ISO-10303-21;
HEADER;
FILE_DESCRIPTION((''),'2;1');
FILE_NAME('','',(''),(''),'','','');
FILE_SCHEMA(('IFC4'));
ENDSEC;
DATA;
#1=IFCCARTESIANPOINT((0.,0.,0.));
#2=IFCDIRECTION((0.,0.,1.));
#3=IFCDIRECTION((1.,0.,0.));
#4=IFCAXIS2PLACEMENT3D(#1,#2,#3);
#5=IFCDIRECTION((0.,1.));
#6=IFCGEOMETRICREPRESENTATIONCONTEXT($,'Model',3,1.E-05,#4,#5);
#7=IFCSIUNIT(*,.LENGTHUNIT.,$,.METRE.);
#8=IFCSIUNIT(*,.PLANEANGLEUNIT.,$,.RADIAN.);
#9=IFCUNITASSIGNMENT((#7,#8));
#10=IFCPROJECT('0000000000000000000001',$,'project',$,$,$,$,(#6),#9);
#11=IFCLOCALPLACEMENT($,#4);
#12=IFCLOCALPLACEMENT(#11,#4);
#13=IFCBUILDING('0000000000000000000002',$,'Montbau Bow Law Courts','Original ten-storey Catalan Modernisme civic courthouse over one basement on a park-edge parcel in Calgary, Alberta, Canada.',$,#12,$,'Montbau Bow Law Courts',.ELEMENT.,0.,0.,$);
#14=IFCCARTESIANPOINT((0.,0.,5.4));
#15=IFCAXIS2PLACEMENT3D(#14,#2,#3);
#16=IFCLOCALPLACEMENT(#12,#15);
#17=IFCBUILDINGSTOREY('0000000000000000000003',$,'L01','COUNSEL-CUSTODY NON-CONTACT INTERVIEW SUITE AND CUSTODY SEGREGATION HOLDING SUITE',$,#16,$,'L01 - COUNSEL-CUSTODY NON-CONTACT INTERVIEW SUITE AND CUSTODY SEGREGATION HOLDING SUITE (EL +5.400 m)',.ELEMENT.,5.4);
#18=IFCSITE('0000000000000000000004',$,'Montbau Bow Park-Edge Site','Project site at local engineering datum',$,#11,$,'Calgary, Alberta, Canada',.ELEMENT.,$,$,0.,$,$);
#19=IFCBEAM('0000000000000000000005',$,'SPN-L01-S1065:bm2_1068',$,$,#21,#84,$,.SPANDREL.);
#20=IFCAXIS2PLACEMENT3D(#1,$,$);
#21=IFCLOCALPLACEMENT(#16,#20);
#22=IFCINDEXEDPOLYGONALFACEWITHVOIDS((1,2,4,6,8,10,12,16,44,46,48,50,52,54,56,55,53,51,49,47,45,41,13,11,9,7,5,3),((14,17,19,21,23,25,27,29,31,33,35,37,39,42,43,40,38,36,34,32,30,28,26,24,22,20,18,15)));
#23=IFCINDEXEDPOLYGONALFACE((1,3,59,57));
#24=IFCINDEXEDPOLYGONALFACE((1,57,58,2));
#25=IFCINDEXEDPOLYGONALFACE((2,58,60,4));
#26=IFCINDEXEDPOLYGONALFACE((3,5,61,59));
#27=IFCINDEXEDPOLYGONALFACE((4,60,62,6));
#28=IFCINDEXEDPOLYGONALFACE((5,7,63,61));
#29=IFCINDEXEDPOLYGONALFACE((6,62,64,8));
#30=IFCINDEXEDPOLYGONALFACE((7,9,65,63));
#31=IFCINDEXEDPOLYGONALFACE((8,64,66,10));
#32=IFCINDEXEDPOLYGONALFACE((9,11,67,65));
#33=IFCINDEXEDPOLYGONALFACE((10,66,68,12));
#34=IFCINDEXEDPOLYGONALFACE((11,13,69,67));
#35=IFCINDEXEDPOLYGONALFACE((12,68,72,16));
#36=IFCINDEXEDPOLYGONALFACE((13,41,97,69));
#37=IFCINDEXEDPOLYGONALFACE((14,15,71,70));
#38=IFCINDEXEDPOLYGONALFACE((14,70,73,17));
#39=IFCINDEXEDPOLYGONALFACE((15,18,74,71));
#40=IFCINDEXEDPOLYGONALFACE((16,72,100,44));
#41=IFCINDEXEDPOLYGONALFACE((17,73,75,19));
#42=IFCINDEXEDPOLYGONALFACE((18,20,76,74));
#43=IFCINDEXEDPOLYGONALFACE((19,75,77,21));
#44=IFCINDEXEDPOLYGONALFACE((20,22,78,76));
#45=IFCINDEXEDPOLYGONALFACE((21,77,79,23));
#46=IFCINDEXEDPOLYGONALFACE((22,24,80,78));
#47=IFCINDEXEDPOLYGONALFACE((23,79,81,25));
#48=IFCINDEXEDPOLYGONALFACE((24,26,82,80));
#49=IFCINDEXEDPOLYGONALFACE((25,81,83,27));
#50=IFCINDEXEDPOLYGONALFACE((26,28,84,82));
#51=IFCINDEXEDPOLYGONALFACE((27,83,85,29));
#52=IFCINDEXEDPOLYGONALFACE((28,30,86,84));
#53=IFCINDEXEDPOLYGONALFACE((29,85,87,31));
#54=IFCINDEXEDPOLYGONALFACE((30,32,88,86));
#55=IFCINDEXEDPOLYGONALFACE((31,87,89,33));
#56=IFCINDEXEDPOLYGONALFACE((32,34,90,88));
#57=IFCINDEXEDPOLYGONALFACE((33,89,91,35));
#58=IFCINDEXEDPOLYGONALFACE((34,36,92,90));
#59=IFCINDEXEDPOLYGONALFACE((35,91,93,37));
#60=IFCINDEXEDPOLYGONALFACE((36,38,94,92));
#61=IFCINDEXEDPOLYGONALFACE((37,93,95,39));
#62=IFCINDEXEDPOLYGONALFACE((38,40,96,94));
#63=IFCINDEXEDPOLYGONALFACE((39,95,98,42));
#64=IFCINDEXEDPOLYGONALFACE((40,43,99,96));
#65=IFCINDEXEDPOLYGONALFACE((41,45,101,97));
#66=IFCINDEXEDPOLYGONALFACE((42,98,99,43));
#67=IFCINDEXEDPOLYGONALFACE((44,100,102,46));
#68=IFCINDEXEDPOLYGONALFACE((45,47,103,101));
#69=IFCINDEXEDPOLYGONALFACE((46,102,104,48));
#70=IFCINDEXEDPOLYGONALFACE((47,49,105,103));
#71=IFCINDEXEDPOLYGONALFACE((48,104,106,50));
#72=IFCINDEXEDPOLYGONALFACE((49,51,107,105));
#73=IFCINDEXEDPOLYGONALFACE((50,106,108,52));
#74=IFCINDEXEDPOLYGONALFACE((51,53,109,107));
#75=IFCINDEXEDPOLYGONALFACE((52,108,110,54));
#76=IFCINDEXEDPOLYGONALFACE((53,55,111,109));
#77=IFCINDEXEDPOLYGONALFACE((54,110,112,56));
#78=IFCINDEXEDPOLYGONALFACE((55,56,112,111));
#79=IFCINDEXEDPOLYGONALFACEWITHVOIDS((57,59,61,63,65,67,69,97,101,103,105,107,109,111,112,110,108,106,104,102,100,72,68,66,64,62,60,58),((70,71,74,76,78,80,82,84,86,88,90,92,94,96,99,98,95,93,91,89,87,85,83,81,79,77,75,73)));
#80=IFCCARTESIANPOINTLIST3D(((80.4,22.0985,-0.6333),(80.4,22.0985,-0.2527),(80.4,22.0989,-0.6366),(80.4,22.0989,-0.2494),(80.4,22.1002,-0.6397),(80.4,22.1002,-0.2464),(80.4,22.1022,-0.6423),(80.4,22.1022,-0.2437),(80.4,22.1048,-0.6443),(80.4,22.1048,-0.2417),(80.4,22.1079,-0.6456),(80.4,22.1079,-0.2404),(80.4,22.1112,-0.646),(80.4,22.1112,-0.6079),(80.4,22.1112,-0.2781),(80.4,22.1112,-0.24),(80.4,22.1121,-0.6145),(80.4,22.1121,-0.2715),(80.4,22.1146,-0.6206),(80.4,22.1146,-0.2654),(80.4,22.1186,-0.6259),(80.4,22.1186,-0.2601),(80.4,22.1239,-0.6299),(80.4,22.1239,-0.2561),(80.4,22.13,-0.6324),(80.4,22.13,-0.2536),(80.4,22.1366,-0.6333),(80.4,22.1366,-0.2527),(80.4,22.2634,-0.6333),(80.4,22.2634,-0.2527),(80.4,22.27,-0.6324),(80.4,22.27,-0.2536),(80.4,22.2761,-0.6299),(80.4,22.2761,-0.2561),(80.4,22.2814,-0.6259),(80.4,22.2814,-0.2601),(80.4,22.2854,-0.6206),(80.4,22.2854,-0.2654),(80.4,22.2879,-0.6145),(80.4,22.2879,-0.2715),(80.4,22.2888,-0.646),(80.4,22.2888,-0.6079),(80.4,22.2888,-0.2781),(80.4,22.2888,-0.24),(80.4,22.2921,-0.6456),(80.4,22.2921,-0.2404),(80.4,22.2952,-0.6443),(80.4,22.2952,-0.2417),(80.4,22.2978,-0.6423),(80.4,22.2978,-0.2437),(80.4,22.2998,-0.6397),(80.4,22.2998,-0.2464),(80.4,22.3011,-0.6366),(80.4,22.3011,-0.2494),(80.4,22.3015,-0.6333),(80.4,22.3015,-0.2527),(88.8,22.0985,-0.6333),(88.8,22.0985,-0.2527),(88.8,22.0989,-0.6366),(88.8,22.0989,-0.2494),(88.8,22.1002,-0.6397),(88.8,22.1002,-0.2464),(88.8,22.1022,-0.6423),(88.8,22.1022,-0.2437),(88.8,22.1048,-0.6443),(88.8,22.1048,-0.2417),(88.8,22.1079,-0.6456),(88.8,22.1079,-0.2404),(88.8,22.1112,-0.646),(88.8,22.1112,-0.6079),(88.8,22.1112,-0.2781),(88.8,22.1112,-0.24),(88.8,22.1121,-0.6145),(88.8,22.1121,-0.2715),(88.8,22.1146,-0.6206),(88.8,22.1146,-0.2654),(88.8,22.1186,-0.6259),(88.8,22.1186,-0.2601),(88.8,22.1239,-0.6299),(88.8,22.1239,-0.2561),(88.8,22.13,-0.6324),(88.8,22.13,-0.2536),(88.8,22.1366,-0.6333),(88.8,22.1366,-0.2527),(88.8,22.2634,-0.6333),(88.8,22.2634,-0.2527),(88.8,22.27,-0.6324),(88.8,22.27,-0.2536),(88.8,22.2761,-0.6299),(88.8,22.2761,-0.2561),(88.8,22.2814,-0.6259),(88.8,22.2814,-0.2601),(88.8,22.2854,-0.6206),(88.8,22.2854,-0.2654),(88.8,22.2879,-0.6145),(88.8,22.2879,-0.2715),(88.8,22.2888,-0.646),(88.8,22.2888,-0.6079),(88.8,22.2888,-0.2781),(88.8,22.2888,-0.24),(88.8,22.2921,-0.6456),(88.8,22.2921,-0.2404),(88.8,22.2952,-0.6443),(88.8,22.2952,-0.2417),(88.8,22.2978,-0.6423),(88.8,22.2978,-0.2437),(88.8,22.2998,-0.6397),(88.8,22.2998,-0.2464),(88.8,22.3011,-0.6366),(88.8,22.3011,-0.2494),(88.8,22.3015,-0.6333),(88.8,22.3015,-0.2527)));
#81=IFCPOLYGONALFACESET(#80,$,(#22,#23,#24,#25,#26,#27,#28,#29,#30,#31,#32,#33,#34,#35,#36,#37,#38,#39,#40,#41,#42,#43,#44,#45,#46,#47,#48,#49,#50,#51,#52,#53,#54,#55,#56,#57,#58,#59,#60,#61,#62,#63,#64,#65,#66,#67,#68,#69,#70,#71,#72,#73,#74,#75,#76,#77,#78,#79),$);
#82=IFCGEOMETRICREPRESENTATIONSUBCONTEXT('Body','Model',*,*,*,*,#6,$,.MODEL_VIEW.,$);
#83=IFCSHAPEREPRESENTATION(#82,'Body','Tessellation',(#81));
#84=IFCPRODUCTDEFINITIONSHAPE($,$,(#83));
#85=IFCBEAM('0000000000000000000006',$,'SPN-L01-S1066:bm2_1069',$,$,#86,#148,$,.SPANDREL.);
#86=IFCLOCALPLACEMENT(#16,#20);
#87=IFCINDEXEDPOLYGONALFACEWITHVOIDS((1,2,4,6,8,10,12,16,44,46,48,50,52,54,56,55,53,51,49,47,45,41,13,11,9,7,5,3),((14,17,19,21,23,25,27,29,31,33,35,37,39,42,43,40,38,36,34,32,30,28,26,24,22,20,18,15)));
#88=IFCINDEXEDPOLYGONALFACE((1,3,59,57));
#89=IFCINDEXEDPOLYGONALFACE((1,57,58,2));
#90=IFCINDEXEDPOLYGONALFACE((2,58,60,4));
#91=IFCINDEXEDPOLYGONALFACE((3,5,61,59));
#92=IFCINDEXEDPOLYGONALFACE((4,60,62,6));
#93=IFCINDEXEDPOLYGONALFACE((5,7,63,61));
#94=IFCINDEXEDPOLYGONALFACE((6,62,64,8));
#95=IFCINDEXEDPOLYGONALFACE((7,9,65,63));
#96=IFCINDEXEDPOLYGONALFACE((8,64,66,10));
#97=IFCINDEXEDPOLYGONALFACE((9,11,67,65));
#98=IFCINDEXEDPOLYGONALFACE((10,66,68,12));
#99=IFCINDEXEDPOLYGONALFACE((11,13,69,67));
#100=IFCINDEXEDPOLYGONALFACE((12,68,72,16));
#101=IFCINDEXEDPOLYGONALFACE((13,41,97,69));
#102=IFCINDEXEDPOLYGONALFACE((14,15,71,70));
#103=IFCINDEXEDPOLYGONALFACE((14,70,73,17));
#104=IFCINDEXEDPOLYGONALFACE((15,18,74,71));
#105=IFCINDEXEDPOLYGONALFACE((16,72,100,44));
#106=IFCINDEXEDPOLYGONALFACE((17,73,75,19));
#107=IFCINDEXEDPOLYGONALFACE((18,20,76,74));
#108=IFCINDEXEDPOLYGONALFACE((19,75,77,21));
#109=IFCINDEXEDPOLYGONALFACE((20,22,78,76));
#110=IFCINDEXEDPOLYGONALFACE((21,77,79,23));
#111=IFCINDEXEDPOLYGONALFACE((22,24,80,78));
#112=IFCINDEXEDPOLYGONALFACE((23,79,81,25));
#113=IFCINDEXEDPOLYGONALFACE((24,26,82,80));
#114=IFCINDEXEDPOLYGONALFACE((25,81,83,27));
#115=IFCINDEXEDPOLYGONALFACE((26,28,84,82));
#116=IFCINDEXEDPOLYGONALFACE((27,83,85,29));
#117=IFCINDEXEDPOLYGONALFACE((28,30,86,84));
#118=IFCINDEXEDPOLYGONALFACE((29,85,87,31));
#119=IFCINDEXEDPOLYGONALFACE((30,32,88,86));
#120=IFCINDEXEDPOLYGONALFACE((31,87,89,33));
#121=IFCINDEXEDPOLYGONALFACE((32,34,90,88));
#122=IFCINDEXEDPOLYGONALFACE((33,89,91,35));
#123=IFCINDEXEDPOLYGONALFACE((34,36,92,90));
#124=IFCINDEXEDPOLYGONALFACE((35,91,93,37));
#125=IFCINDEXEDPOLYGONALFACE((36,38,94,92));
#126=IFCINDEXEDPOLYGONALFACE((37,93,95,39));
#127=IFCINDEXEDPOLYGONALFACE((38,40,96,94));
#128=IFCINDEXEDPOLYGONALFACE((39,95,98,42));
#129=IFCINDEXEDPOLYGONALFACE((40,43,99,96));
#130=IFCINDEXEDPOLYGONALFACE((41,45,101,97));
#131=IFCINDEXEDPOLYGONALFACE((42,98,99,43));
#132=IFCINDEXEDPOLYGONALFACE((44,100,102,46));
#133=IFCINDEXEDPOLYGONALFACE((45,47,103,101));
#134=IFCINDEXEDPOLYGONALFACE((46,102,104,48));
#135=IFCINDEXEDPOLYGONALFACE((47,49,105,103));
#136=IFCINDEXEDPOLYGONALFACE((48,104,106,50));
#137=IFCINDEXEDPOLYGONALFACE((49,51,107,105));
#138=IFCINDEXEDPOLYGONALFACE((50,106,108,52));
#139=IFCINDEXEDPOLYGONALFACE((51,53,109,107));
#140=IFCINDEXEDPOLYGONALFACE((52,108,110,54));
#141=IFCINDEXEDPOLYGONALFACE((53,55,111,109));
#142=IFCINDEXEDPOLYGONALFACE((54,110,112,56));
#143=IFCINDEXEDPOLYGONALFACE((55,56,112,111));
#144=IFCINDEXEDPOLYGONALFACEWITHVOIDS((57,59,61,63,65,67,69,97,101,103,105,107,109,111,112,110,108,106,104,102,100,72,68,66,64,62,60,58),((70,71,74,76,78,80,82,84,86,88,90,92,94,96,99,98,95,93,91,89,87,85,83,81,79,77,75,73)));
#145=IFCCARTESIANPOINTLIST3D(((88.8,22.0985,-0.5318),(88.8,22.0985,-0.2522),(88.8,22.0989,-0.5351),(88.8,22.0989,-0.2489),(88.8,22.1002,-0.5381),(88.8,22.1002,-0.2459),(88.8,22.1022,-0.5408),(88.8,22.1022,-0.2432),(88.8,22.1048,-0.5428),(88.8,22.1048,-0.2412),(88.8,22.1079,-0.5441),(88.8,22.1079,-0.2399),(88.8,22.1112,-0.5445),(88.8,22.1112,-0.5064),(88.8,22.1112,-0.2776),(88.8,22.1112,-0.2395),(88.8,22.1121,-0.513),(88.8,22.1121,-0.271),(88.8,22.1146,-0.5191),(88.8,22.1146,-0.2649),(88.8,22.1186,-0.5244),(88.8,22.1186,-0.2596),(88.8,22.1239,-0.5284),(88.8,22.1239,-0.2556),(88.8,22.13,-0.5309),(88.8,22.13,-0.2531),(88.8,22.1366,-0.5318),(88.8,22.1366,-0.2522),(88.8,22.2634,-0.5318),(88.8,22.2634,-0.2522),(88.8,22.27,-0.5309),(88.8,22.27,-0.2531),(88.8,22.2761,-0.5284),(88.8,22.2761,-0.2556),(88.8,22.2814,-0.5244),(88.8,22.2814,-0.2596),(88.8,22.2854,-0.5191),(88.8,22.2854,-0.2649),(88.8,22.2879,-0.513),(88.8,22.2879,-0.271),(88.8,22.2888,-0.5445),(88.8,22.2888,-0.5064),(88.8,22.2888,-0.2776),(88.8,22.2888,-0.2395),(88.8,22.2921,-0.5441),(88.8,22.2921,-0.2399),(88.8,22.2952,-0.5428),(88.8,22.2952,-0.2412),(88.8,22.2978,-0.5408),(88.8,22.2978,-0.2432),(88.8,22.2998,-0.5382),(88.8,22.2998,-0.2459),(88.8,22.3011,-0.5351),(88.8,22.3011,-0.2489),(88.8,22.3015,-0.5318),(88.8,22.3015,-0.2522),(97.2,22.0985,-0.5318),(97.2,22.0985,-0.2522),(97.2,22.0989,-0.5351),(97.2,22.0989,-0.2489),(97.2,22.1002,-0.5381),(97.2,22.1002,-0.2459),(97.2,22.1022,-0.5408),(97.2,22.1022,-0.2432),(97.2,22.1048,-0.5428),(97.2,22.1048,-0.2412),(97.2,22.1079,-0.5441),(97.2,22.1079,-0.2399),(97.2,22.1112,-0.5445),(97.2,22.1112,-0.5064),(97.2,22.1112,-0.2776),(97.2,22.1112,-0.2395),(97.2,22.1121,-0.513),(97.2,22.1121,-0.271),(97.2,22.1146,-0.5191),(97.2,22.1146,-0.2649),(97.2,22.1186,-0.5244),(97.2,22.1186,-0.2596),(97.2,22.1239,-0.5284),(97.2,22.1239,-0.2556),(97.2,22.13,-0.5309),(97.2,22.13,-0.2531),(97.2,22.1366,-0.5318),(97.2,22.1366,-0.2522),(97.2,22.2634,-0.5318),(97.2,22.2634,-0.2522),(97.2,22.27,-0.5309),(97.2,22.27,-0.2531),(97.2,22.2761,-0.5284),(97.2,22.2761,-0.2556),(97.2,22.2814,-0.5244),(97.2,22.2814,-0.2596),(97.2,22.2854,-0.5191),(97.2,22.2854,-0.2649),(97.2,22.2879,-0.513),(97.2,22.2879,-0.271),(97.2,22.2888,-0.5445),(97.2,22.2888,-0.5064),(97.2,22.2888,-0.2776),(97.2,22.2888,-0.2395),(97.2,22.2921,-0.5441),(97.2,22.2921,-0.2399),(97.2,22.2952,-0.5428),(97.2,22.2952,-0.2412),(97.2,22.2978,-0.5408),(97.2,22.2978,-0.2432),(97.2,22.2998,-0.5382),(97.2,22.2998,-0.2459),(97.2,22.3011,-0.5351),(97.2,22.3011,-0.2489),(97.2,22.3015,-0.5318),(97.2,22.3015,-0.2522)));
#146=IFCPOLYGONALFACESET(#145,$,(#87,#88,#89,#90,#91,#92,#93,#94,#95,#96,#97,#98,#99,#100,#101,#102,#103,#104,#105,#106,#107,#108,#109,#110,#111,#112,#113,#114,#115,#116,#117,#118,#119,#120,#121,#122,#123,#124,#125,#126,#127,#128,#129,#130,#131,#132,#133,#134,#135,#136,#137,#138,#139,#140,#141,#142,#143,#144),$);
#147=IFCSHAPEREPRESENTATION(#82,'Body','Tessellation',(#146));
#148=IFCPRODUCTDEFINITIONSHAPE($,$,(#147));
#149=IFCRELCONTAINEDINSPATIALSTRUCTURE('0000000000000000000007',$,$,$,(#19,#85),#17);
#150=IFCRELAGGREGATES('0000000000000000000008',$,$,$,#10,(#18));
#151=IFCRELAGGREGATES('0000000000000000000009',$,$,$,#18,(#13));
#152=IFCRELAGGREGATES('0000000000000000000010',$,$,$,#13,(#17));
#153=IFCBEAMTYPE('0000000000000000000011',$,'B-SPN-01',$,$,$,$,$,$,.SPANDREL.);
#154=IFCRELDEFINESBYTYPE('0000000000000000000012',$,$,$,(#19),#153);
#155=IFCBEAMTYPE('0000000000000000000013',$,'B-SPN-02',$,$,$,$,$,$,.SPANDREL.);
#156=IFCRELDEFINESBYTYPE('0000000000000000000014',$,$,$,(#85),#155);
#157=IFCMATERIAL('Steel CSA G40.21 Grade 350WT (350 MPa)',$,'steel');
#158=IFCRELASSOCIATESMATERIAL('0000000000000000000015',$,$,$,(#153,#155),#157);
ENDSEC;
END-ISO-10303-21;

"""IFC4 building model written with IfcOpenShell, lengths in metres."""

from ifc_helpers import new_model, si_unit, direction, frame, origin_with_axes, origin_2d_with_axis, place, context, subcontext, project, spatial, hollow_rectangle, extrude, material, material_profile, profile_set, type_object, element, save


model = new_model("IFC4")

# Units and contexts
model_context = context("Model", 3, precision=1e-05, world=origin_with_axes(), true_north=direction((0.0, 1.0)))
body_context = subcontext(model_context, "Body", "Model", "MODEL_VIEW")
ifc_project = project(units=[si_unit("LENGTHUNIT", "METRE"), si_unit("PLANEANGLEUNIT", "RADIAN")], contexts=[model_context])

# Site, building, storey
site_placement = place(None, origin_with_axes())
site = spatial("IfcSite", under=ifc_project, at=site_placement, Name="Montbau Bow Park-Edge Site", Description="Project site at local engineering datum", LongName="Calgary, Alberta, Canada", CompositionType="ELEMENT", RefElevation=0.0)
building_placement = place(site_placement, origin_with_axes())
building = spatial("IfcBuilding", under=site, at=building_placement, Name="Montbau Bow Law Courts", Description="Original ten-storey Catalan Modernisme civic courthouse over one basement on a park-edge parcel in Calgary, Alberta, Canada.", LongName="Montbau Bow Law Courts", CompositionType="ELEMENT", ElevationOfRefHeight=0.0, ElevationOfTerrain=0.0)
storey_placement = place(building_placement, frame((0.0, 0.0, 5.4), z_axis=(0.0, 0.0, 1.0), x_axis=(1.0, 0.0, 0.0)))
storey = spatial("IfcBuildingStorey", under=building, at=storey_placement, Name="L01", Description="COUNSEL-CUSTODY NON-CONTACT INTERVIEW SUITE AND CUSTODY SEGREGATION HOLDING SUITE", LongName="L01 - COUNSEL-CUSTODY NON-CONTACT INTERVIEW SUITE AND CUSTODY SEGREGATION HOLDING SUITE (EL +5.400 m)", CompositionType="ELEMENT", Elevation=5.4)

# Beams
ifc_material_1 = material(Name="Steel CSA G40.21 Grade 350WT (350 MPa)", Category="steel")
ifc_material_profile_1 = material_profile(ifc_material_1, hollow_rectangle(XDim=0.203, YDim=0.406, WallThickness=0.0127, InnerFilletRadius=0.0254, OuterFilletRadius=0.0127, at=origin_2d_with_axis()), Name="HSS406X203X13", Category="Main", Priority=0)
ifc_profile_set_1 = profile_set([ifc_material_profile_1], Name="Steel CSA G40.21 Grade 350WT (350 MPa)")
beam_type_1 = type_object("IfcBeamType", Name="B-SPN-01", PredefinedType="SPANDREL", material=ifc_profile_set_1)
beam_1_placement = place(None, frame((80.4, 22.2, 4.957), z_axis=(1.0, 0.0, 0.0), x_axis=(0.0, 1.0, 0.0)))
element("IfcBeam", 1, at=beam_1_placement, inside=storey, type_object=beam_type_1, Name="SPN-L01-S1065:bm2_1068", PredefinedType="SPANDREL", context=body_context, shape_type="SweptSolid", body=[
    extrude(hollow_rectangle(XDim=0.203, YDim=0.406, WallThickness=0.0127, InnerFilletRadius=0.0254, OuterFilletRadius=0.0127, at=origin_2d_with_axis()), origin_with_axes(), (0.0, 0.0, 1.0), 8.4),
])
ifc_material_profile_2 = material_profile(ifc_material_1, hollow_rectangle(XDim=0.203, YDim=0.305, WallThickness=0.0127, InnerFilletRadius=0.0254, OuterFilletRadius=0.0127, at=origin_2d_with_axis()), Name="HSS305X203X13", Category="Main", Priority=0)
ifc_profile_set_2 = profile_set([ifc_material_profile_2], Name="Steel CSA G40.21 Grade 350WT (350 MPa)")
beam_type_2 = type_object("IfcBeamType", Name="B-SPN-02", PredefinedType="SPANDREL", material=ifc_profile_set_2)
beam_2_placement = place(None, frame((88.8, 22.2, 5.008), z_axis=(1.0, 0.0, 0.0), x_axis=(0.0, 1.0, 0.0)))
element("IfcBeam", 2, at=beam_2_placement, inside=storey, type_object=beam_type_2, Name="SPN-L01-S1066:bm2_1069", PredefinedType="SPANDREL", context=body_context, shape_type="SweptSolid", body=[
    extrude(hollow_rectangle(XDim=0.203, YDim=0.305, WallThickness=0.0127, InnerFilletRadius=0.0254, OuterFilletRadius=0.0127, at=origin_2d_with_axis()), origin_with_axes(), (0.0, 0.0, 1.0), 8.4),
])

save(model, "model.ifc")
